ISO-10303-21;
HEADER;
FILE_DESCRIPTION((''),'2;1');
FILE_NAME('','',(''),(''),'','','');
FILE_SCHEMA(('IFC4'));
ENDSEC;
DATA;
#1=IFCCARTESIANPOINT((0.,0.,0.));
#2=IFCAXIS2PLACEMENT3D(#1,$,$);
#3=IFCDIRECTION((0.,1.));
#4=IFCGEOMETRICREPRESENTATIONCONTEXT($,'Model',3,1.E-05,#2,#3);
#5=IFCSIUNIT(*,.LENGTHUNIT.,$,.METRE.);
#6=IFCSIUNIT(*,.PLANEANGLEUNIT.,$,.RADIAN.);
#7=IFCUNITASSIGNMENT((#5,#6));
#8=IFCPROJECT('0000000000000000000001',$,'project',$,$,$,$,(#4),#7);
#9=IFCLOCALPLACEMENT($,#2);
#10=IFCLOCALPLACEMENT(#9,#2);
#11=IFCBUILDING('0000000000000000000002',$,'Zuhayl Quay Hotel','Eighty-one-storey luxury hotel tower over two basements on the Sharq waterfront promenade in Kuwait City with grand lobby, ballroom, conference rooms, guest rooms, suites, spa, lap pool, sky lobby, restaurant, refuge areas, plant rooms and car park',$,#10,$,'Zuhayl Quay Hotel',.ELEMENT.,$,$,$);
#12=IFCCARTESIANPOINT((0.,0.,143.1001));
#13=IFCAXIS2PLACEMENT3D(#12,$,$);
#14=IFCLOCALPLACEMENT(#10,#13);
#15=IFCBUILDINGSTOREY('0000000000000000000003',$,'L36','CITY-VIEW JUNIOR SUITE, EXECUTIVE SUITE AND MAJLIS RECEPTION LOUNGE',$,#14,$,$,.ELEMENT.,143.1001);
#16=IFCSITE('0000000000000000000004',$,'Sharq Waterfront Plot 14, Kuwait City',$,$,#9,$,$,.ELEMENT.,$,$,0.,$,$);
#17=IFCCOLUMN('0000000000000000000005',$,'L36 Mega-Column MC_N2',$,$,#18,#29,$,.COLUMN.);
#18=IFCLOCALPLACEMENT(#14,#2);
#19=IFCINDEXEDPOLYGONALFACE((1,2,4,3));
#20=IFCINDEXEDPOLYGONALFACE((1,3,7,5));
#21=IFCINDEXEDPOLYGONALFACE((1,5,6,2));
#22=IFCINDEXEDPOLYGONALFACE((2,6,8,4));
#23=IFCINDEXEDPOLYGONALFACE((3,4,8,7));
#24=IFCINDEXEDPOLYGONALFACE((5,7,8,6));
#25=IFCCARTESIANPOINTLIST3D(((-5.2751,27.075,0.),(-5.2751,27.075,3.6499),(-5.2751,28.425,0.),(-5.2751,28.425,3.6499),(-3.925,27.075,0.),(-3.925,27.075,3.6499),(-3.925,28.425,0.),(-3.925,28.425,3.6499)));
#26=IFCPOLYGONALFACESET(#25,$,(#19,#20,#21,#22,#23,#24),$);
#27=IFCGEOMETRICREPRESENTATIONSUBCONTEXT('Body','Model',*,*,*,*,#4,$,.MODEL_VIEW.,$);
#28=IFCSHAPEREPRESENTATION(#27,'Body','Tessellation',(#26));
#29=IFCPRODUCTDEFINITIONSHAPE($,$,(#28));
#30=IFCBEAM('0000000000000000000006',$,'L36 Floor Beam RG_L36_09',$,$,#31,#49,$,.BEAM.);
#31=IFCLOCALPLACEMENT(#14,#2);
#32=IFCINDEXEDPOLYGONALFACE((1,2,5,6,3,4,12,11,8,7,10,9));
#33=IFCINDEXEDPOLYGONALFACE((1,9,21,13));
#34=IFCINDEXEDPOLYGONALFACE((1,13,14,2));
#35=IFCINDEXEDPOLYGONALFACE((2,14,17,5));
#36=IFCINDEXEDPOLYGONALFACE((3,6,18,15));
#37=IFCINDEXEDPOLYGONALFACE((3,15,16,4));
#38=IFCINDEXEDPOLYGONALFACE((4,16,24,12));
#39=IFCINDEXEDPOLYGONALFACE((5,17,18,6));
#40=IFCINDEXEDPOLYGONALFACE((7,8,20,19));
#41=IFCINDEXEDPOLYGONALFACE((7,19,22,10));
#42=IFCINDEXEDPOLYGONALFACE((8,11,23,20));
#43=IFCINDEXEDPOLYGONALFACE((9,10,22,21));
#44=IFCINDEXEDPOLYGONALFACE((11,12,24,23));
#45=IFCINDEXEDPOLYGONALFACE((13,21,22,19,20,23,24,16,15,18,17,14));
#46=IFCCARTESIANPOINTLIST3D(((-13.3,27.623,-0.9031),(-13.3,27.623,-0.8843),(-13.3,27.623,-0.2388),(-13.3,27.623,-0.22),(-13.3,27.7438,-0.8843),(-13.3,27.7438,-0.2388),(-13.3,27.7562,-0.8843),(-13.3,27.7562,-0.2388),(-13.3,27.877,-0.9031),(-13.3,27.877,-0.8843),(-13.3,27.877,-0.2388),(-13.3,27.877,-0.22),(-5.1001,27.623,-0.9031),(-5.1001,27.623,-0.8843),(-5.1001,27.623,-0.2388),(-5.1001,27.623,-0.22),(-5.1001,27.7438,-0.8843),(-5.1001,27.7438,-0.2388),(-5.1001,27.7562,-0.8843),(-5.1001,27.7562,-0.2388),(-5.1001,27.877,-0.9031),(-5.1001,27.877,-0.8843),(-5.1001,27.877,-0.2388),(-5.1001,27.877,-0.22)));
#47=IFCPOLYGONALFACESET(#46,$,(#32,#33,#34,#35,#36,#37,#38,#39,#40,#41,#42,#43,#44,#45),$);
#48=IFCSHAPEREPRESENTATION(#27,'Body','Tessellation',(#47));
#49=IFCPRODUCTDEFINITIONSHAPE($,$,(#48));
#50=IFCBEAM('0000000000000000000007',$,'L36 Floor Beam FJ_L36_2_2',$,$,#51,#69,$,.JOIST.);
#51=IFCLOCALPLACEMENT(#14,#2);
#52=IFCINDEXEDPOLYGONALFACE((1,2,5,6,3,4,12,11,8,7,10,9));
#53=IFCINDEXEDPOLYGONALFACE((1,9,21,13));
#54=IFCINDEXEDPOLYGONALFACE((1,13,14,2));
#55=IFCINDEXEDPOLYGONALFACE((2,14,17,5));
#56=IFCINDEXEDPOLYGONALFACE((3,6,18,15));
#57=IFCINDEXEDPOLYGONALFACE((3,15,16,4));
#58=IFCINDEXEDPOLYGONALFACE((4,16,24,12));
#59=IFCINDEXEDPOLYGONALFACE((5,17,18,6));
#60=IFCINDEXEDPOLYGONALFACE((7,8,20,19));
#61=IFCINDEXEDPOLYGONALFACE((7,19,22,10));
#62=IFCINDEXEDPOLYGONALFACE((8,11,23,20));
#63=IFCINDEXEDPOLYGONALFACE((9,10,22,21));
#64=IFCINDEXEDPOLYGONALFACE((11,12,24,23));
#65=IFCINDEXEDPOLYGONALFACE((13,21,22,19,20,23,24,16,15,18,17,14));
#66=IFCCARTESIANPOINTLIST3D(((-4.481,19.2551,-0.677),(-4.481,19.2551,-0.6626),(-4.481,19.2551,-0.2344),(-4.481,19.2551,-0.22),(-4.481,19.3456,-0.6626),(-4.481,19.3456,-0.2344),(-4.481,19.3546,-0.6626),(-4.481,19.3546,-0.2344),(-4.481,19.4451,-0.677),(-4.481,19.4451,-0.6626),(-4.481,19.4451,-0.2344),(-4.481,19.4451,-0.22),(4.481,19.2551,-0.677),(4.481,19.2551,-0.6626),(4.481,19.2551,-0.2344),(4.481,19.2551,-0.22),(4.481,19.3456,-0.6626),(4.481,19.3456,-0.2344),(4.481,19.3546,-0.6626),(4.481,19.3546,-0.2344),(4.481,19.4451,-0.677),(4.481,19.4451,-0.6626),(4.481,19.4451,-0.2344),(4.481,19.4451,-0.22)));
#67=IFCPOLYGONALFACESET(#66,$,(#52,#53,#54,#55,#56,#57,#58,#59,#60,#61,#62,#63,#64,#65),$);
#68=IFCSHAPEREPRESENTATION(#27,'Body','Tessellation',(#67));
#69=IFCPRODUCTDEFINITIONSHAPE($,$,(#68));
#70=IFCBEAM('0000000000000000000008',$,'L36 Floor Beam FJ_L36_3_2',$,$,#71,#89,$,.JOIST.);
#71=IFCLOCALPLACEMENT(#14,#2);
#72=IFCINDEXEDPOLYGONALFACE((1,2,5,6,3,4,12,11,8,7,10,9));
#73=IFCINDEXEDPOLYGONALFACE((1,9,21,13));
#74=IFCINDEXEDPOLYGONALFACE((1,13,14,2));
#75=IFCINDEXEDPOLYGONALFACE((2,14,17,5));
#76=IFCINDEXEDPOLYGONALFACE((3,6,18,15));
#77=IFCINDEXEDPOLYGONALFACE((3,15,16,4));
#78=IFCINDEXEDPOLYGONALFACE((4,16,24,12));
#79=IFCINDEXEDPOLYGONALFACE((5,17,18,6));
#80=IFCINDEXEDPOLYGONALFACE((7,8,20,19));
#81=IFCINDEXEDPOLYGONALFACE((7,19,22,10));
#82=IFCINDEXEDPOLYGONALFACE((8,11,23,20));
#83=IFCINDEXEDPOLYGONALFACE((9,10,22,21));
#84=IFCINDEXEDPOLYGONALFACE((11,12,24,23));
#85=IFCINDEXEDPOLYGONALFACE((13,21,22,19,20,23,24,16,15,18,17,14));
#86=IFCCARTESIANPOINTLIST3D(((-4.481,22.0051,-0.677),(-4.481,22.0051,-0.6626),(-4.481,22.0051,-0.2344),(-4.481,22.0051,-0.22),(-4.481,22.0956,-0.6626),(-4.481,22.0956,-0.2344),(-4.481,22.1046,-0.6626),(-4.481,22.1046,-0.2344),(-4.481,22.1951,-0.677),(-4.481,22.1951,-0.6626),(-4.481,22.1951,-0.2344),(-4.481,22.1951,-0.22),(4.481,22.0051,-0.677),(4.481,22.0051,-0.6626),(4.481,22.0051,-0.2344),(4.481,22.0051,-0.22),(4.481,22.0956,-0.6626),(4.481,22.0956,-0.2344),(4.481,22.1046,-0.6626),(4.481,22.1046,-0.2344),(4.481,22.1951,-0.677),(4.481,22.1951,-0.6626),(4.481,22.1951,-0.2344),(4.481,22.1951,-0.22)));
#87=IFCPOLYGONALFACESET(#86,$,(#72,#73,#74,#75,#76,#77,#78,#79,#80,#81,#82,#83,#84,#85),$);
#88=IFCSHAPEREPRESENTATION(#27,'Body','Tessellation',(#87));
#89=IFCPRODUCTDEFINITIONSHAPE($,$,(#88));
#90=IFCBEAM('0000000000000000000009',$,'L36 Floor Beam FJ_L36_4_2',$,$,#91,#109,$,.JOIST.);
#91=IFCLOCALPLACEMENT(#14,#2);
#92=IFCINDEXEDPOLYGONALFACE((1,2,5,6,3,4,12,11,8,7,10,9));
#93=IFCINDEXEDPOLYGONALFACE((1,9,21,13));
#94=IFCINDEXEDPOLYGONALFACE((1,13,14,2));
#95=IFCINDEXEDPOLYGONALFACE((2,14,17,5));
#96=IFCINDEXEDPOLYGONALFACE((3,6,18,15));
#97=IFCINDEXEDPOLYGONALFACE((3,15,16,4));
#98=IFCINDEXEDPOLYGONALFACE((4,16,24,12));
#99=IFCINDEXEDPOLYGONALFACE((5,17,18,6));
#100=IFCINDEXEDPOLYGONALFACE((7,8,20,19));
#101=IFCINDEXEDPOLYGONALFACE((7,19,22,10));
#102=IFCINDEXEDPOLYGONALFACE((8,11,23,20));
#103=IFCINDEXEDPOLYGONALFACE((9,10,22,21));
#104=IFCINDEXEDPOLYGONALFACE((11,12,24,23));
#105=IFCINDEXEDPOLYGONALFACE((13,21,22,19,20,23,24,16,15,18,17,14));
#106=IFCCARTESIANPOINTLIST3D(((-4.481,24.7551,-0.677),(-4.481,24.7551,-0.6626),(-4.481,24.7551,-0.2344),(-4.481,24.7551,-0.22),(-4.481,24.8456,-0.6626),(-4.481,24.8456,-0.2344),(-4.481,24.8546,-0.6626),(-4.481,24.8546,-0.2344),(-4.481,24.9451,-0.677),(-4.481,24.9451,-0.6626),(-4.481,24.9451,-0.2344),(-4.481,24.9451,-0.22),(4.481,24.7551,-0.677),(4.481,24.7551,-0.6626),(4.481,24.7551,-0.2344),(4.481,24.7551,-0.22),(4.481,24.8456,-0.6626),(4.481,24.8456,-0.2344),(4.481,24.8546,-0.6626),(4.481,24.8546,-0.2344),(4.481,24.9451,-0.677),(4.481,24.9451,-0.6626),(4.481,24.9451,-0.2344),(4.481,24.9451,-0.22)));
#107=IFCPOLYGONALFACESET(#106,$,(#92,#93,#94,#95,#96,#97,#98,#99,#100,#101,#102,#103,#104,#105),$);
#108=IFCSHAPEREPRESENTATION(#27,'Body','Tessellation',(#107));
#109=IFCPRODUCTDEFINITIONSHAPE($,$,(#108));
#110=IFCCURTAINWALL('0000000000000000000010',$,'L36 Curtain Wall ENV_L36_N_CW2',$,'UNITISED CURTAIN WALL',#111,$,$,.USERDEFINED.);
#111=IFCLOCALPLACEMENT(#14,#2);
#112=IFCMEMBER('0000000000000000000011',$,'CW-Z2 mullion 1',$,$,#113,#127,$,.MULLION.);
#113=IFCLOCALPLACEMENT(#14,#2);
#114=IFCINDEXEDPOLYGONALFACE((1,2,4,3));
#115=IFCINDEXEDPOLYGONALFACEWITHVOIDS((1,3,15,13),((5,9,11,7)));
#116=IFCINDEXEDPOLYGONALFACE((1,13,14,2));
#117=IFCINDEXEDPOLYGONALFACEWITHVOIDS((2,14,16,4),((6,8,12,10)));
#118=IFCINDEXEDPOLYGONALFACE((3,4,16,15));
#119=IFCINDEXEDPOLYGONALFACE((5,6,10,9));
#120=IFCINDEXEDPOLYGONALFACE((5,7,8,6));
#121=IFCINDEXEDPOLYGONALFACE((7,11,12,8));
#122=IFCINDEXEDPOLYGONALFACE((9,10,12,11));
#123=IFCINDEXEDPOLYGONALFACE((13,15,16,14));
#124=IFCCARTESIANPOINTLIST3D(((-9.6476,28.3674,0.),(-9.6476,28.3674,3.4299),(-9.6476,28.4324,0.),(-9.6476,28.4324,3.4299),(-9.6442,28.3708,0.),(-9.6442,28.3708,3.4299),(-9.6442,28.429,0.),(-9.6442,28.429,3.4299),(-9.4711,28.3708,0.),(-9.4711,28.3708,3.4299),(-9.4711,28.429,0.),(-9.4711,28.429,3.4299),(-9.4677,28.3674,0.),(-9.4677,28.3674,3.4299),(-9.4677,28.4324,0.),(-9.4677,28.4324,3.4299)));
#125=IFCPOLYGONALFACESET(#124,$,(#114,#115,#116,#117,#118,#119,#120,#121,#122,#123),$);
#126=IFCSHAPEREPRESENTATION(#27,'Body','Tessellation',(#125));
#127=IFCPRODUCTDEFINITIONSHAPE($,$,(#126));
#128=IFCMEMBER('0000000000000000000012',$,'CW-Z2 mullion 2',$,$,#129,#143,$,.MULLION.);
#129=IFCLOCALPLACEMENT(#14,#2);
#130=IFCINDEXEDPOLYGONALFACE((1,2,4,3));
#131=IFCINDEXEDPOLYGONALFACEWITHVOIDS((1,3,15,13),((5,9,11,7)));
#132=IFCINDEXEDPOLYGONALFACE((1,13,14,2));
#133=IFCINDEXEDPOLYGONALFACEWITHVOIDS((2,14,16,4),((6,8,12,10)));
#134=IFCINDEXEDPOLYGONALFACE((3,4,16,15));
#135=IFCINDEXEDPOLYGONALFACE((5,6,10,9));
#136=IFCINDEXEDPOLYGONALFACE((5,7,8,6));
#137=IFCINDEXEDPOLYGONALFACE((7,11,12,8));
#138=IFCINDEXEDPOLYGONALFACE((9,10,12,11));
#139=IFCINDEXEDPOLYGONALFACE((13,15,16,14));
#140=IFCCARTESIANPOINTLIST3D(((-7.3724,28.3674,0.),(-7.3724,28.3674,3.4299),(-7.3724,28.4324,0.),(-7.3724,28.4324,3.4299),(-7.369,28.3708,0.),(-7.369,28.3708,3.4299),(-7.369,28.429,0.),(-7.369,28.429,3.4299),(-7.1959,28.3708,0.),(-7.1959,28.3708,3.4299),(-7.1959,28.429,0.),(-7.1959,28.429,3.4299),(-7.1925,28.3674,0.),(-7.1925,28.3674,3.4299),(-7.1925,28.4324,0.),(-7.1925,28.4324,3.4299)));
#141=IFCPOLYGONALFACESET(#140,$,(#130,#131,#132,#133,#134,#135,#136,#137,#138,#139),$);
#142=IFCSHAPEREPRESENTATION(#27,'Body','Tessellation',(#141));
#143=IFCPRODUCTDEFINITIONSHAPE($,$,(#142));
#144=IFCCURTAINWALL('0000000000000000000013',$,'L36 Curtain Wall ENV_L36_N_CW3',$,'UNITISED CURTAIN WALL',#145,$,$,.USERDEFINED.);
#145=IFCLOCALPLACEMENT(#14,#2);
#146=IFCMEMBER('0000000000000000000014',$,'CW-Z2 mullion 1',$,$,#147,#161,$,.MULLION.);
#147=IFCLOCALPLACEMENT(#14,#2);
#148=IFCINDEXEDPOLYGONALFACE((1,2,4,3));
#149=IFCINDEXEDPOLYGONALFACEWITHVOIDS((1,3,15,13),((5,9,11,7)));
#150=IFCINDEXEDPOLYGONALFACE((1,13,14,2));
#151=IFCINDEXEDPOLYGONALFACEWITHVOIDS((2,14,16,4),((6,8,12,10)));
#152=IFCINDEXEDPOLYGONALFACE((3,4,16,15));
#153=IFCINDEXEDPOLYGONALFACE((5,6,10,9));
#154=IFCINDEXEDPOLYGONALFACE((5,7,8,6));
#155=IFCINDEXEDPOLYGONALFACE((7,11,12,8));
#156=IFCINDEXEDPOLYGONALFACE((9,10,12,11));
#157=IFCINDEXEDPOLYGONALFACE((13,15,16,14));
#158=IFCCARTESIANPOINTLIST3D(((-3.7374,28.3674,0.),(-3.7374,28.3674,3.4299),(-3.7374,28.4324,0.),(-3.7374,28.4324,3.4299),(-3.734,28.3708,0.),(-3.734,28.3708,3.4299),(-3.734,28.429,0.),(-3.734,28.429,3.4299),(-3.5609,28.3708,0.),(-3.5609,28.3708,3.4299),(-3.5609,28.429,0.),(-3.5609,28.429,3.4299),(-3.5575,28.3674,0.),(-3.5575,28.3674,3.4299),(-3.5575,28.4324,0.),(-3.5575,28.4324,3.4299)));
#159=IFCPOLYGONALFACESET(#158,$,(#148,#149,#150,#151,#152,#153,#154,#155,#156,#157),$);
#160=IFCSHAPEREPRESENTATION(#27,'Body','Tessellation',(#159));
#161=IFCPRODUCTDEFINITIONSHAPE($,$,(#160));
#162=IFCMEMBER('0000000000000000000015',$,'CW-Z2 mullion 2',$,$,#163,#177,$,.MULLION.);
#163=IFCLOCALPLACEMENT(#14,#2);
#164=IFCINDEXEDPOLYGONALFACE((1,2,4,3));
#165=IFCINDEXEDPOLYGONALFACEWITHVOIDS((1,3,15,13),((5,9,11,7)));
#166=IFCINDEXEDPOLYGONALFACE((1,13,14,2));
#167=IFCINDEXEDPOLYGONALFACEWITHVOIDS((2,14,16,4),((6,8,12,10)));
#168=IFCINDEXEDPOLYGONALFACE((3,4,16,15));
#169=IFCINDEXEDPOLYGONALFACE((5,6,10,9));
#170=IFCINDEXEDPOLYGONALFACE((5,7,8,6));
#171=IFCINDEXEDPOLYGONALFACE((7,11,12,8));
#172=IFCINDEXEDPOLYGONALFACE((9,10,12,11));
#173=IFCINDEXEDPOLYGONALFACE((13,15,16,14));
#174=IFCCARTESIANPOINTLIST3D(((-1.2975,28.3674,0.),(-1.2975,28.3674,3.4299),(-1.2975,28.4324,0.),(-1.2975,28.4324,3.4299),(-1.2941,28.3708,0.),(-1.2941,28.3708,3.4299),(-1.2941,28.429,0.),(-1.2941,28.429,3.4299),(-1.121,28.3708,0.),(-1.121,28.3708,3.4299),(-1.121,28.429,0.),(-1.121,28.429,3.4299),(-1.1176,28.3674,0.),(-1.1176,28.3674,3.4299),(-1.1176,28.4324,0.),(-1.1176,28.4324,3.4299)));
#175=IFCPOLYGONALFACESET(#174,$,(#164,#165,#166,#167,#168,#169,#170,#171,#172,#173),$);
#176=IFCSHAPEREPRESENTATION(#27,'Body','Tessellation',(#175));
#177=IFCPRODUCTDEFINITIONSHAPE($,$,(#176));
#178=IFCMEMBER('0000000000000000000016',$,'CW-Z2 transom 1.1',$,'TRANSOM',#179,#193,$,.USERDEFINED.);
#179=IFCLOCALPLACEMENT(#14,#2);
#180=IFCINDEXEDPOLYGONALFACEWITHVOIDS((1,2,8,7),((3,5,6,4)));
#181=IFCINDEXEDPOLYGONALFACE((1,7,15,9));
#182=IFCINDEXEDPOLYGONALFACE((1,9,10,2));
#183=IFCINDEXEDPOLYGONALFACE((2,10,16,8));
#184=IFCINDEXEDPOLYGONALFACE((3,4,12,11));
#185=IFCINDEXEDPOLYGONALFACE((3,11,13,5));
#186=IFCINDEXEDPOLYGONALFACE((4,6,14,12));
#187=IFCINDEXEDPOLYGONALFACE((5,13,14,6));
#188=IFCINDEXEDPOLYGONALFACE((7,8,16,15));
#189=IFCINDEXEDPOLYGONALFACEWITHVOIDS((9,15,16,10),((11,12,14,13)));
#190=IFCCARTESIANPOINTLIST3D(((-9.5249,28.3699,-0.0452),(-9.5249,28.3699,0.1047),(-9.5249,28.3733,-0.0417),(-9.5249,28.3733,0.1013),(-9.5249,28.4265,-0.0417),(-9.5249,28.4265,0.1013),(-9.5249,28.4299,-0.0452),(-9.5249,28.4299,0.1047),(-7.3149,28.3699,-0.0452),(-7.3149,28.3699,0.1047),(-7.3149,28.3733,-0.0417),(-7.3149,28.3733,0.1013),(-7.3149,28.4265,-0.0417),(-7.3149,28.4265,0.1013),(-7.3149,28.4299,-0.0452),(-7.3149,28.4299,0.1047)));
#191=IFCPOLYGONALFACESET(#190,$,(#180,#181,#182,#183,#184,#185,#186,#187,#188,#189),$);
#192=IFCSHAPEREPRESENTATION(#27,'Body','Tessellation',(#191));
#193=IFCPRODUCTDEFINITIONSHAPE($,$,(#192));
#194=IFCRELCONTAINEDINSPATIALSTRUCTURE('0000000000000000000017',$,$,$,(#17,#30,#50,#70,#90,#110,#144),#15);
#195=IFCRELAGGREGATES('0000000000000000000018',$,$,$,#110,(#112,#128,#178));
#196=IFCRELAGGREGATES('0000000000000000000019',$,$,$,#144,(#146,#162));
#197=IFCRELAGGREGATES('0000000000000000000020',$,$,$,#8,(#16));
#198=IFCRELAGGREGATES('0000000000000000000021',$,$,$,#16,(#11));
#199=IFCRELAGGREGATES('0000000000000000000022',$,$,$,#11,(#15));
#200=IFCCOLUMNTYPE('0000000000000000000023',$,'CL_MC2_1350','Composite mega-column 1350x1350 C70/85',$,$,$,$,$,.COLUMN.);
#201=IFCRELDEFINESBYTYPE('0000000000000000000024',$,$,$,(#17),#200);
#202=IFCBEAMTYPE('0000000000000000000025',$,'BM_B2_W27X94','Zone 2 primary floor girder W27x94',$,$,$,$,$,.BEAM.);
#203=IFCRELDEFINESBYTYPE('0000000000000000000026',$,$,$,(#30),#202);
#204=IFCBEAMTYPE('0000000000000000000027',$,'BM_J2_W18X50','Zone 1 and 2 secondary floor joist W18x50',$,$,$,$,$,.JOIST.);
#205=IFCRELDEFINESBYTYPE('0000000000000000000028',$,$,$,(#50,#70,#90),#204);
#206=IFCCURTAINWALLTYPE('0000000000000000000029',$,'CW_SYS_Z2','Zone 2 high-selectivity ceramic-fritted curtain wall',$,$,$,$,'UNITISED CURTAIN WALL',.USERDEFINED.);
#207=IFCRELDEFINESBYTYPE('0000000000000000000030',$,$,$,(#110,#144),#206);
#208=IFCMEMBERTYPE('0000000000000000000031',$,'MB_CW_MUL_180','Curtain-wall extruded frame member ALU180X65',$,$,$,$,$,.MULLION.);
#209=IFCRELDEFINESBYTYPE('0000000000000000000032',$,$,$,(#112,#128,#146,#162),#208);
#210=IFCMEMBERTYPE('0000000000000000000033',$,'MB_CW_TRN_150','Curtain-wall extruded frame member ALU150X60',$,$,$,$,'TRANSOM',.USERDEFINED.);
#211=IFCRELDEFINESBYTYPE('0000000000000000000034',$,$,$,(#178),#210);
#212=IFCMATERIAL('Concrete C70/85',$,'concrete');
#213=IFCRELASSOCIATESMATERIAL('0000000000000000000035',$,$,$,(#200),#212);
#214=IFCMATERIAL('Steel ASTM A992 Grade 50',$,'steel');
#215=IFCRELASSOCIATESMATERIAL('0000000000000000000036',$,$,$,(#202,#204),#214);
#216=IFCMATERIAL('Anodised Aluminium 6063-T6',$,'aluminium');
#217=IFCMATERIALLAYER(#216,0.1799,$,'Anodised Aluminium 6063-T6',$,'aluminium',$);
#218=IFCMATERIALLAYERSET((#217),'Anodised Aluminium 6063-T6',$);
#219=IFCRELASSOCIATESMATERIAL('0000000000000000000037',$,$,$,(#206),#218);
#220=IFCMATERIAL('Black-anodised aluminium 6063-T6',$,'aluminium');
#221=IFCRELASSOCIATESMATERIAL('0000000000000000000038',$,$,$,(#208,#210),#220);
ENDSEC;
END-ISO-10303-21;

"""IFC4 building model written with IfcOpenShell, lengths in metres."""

from ifc_helpers import new_model, si_unit, direction, frame, origin, origin_2d, place, context, subcontext, project, spatial, rectangle, hollow_rectangle, i_section, extrude, material, layer, layer_set, material_profile, profile_set, type_object, element, aggregate, save


model = new_model("IFC4")

# Units and contexts
model_context = context("Model", 3, precision=1e-05, world=origin(), true_north=direction((0.0, 1.0)))
body_context = subcontext(model_context, "Body", "Model", "MODEL_VIEW")
ifc_project = project(units=[si_unit("LENGTHUNIT", "METRE"), si_unit("PLANEANGLEUNIT", "RADIAN")], contexts=[model_context])

# Site, building, storey
site_placement = place(None, origin())
site = spatial("IfcSite", under=ifc_project, at=site_placement, Name="Sharq Waterfront Plot 14, Kuwait City", CompositionType="ELEMENT", RefElevation=0.0)
building_placement = place(site_placement, origin())
building = spatial("IfcBuilding", under=site, at=building_placement, Name="Zuhayl Quay Hotel", Description="Eighty-one-storey luxury hotel tower over two basements on the Sharq waterfront promenade in Kuwait City with grand lobby, ballroom, conference rooms, guest rooms, suites, spa, lap pool, sky lobby, restaurant, refuge areas, plant rooms and car park", LongName="Zuhayl Quay Hotel", CompositionType="ELEMENT")
storey_placement = place(building_placement, frame((0.0, 0.0, 143.1001)))
storey = spatial("IfcBuildingStorey", under=building, at=storey_placement, Name="L36", Description="CITY-VIEW JUNIOR SUITE, EXECUTIVE SUITE AND MAJLIS RECEPTION LOUNGE", CompositionType="ELEMENT", Elevation=143.1001)

# Column
ifc_material_1 = material(Name="Concrete C70/85", Category="concrete")
ifc_material_profile_1 = material_profile(ifc_material_1, rectangle(XDim=1.3501, YDim=1.3501, at=origin_2d()), Name="RC1350X1350")
ifc_profile_set_1 = profile_set([ifc_material_profile_1], Name="Concrete C70/85")
column_type = type_object("IfcColumnType", Name="CL_MC2_1350", Description="Composite mega-column 1350x1350 C70/85", PredefinedType="COLUMN", material=ifc_profile_set_1)
column_placement = place(storey_placement, frame((-4.6001, 27.75, 0.0), z_axis=(0.0, 0.0, 1.0), x_axis=(1.0, 0.0, 0.0)))
element("IfcColumn", 1, at=column_placement, inside=storey, type_object=column_type, Name="L36 Mega-Column MC_N2", PredefinedType="COLUMN", context=body_context, shape_type="SweptSolid", body=[
    extrude(rectangle(XDim=1.3501, YDim=1.3501, at=origin_2d()), origin(), (0.0, 0.0, 1.0), 3.6499),
])

# Beams
ifc_material_2 = material(Name="Steel ASTM A992 Grade 50", Category="steel")
ifc_material_profile_2 = material_profile(ifc_material_2, i_section(OverallWidth=0.2539, OverallDepth=0.6831, WebThickness=0.0125, FlangeThickness=0.0188, at=origin_2d()), Name="W27X94")
ifc_profile_set_2 = profile_set([ifc_material_profile_2], Name="Steel ASTM A992 Grade 50")
beam_type_1 = type_object("IfcBeamType", Name="BM_B2_W27X94", Description="Zone 2 primary floor girder W27x94", PredefinedType="BEAM", material=ifc_profile_set_2)
beam_placement = place(storey_placement, frame((-5.1001, 27.75, -0.5615), z_axis=(-1.0, 0.0, 0.0), x_axis=(0.0, -1.0, 0.0)))
element("IfcBeam", 2, at=beam_placement, inside=storey, type_object=beam_type_1, Name="L36 Floor Beam RG_L36_09", PredefinedType="BEAM", context=body_context, shape_type="SweptSolid", body=[
    extrude(i_section(OverallWidth=0.2539, OverallDepth=0.6831, WebThickness=0.0125, FlangeThickness=0.0188, at=origin_2d()), origin(), (0.0, 0.0, 1.0), 8.2),
])
ifc_material_profile_3 = material_profile(ifc_material_2, i_section(OverallWidth=0.1899, OverallDepth=0.457, WebThickness=0.009, FlangeThickness=0.0144, at=origin_2d()), Name="W18X50")
ifc_profile_set_3 = profile_set([ifc_material_profile_3], Name="Steel ASTM A992 Grade 50")
beam_type_2 = type_object("IfcBeamType", Name="BM_J2_W18X50", Description="Zone 1 and 2 secondary floor joist W18x50", PredefinedType="JOIST", material=ifc_profile_set_3)
for number, where, z_axis, x_axis, name in (
    (3, (-4.481, 19.3501, -0.4485), (1.0, 0.0, 0.0), (0.0, 1.0, 0.0), "L36 Floor Beam FJ_L36_2_2"),
    (4, (-4.481, 22.1001, -0.4485), (1.0, 0.0, 0.0), (0.0, 1.0, 0.0), "L36 Floor Beam FJ_L36_3_2"),
    (5, (-4.481, 24.8501, -0.4485), (1.0, 0.0, 0.0), (0.0, 1.0, 0.0), "L36 Floor Beam FJ_L36_4_2"),
):
    element("IfcBeam", number, at=place(storey_placement, frame(where, z_axis=z_axis, x_axis=x_axis)), inside=storey, type_object=beam_type_2, Name=name, PredefinedType="JOIST", context=body_context, shape_type="SweptSolid", body=[
        extrude(i_section(OverallWidth=0.1899, OverallDepth=0.457, WebThickness=0.009, FlangeThickness=0.0144, at=origin_2d()), origin(), (0.0, 0.0, 1.0), 8.9619),
    ])

# Curtain walls, members
ifc_material_3 = material(Name="Anodised Aluminium 6063-T6", Category="aluminium")
ifc_layer_1 = layer(ifc_material_3, 0.1799, Name="Anodised Aluminium 6063-T6", Category="aluminium")
ifc_layer_set_1 = layer_set([ifc_layer_1], Name="Anodised Aluminium 6063-T6")
curtain_wall_type = type_object("IfcCurtainWallType", Name="CW_SYS_Z2", Description="Zone 2 high-selectivity ceramic-fritted curtain wall", ElementType="UNITISED CURTAIN WALL", PredefinedType="USERDEFINED", material=ifc_layer_set_1)
curtain_wall_1_placement = place(storey_placement, origin())
curtain_wall_1 = element("IfcCurtainWall", 6, at=curtain_wall_1_placement, inside=storey, type_object=curtain_wall_type, Name="L36 Curtain Wall ENV_L36_N_CW2", ObjectType="UNITISED CURTAIN WALL", PredefinedType="USERDEFINED")
ifc_material_4 = material(Name="Black-anodised aluminium 6063-T6", Category="aluminium")
ifc_material_profile_4 = material_profile(ifc_material_4, hollow_rectangle(XDim=0.0649, YDim=0.1799, WallThickness=0.0034, at=origin_2d()), Name="ALU180X65")
ifc_profile_set_4 = profile_set([ifc_material_profile_4], Name="Black-anodised aluminium 6063-T6")
member_type_1 = type_object("IfcMemberType", Name="MB_CW_MUL_180", Description="Curtain-wall extruded frame member ALU180X65", PredefinedType="MULLION", material=ifc_profile_set_4)
member_1_placement = place(storey_placement, frame((-9.5576, 28.3999, 0.0), z_axis=(0.0, 0.0, 1.0), x_axis=(0.0, 1.0, 0.0)))
member_1 = element("IfcMember", 7, at=member_1_placement, type_object=member_type_1, Name="CW-Z2 mullion 1", PredefinedType="MULLION", context=body_context, shape_type="SweptSolid", body=[
    extrude(hollow_rectangle(XDim=0.0649, YDim=0.1799, WallThickness=0.0034, at=origin_2d()), origin(), (0.0, 0.0, 1.0), 3.4299),
])
member_2_placement = place(storey_placement, frame((-7.2825, 28.3999, 0.0), z_axis=(0.0, 0.0, 1.0), x_axis=(0.0, 1.0, 0.0)))
member_2 = element("IfcMember", 8, at=member_2_placement, type_object=member_type_1, Name="CW-Z2 mullion 2", PredefinedType="MULLION", context=body_context, shape_type="SweptSolid", body=[
    extrude(hollow_rectangle(XDim=0.0649, YDim=0.1799, WallThickness=0.0034, at=origin_2d()), origin(), (0.0, 0.0, 1.0), 3.4299),
])
curtain_wall_2_placement = place(storey_placement, origin())
curtain_wall_2 = element("IfcCurtainWall", 9, at=curtain_wall_2_placement, inside=storey, type_object=curtain_wall_type, Name="L36 Curtain Wall ENV_L36_N_CW3", ObjectType="UNITISED CURTAIN WALL", PredefinedType="USERDEFINED")
member_3_placement = place(storey_placement, frame((-3.6475, 28.3999, 0.0), z_axis=(0.0, 0.0, 1.0), x_axis=(0.0, 1.0, 0.0)))
member_3 = element("IfcMember", 10, at=member_3_placement, type_object=member_type_1, Name="CW-Z2 mullion 1", PredefinedType="MULLION", context=body_context, shape_type="SweptSolid", body=[
    extrude(hollow_rectangle(XDim=0.0649, YDim=0.1799, WallThickness=0.0034, at=origin_2d()), origin(), (0.0, 0.0, 1.0), 3.4299),
])
member_4_placement = place(storey_placement, frame((-1.2075, 28.3999, 0.0), z_axis=(0.0, 0.0, 1.0), x_axis=(0.0, 1.0, 0.0)))
member_4 = element("IfcMember", 11, at=member_4_placement, type_object=member_type_1, Name="CW-Z2 mullion 2", PredefinedType="MULLION", context=body_context, shape_type="SweptSolid", body=[
    extrude(hollow_rectangle(XDim=0.0649, YDim=0.1799, WallThickness=0.0034, at=origin_2d()), origin(), (0.0, 0.0, 1.0), 3.4299),
])

# Member
ifc_material_profile_5 = material_profile(ifc_material_4, hollow_rectangle(XDim=0.0601, YDim=0.1499, WallThickness=0.0034, at=origin_2d()), Name="ALU150X60")
ifc_profile_set_5 = profile_set([ifc_material_profile_5], Name="Black-anodised aluminium 6063-T6")
member_type_2 = type_object("IfcMemberType", Name="MB_CW_TRN_150", Description="Curtain-wall extruded frame member ALU150X60", ElementType="TRANSOM", PredefinedType="USERDEFINED", material=ifc_profile_set_5)
member_5_placement = place(storey_placement, frame((-9.5249, 28.3999, 0.0298), z_axis=(1.0, 0.0, 0.0), x_axis=(0.0, 1.0, 0.0)))
member_5 = element("IfcMember", 12, at=member_5_placement, type_object=member_type_2, Name="CW-Z2 transom 1.1", ObjectType="TRANSOM", PredefinedType="USERDEFINED", context=body_context, shape_type="SweptSolid", body=[
    extrude(hollow_rectangle(XDim=0.0601, YDim=0.1499, WallThickness=0.0034, at=origin_2d()), origin(), (0.0, 0.0, 1.0), 2.21),
])

aggregate(curtain_wall_1, [member_1, member_2, member_5])
aggregate(curtain_wall_2, [member_3, member_4])

save(model, "model.ifc")
